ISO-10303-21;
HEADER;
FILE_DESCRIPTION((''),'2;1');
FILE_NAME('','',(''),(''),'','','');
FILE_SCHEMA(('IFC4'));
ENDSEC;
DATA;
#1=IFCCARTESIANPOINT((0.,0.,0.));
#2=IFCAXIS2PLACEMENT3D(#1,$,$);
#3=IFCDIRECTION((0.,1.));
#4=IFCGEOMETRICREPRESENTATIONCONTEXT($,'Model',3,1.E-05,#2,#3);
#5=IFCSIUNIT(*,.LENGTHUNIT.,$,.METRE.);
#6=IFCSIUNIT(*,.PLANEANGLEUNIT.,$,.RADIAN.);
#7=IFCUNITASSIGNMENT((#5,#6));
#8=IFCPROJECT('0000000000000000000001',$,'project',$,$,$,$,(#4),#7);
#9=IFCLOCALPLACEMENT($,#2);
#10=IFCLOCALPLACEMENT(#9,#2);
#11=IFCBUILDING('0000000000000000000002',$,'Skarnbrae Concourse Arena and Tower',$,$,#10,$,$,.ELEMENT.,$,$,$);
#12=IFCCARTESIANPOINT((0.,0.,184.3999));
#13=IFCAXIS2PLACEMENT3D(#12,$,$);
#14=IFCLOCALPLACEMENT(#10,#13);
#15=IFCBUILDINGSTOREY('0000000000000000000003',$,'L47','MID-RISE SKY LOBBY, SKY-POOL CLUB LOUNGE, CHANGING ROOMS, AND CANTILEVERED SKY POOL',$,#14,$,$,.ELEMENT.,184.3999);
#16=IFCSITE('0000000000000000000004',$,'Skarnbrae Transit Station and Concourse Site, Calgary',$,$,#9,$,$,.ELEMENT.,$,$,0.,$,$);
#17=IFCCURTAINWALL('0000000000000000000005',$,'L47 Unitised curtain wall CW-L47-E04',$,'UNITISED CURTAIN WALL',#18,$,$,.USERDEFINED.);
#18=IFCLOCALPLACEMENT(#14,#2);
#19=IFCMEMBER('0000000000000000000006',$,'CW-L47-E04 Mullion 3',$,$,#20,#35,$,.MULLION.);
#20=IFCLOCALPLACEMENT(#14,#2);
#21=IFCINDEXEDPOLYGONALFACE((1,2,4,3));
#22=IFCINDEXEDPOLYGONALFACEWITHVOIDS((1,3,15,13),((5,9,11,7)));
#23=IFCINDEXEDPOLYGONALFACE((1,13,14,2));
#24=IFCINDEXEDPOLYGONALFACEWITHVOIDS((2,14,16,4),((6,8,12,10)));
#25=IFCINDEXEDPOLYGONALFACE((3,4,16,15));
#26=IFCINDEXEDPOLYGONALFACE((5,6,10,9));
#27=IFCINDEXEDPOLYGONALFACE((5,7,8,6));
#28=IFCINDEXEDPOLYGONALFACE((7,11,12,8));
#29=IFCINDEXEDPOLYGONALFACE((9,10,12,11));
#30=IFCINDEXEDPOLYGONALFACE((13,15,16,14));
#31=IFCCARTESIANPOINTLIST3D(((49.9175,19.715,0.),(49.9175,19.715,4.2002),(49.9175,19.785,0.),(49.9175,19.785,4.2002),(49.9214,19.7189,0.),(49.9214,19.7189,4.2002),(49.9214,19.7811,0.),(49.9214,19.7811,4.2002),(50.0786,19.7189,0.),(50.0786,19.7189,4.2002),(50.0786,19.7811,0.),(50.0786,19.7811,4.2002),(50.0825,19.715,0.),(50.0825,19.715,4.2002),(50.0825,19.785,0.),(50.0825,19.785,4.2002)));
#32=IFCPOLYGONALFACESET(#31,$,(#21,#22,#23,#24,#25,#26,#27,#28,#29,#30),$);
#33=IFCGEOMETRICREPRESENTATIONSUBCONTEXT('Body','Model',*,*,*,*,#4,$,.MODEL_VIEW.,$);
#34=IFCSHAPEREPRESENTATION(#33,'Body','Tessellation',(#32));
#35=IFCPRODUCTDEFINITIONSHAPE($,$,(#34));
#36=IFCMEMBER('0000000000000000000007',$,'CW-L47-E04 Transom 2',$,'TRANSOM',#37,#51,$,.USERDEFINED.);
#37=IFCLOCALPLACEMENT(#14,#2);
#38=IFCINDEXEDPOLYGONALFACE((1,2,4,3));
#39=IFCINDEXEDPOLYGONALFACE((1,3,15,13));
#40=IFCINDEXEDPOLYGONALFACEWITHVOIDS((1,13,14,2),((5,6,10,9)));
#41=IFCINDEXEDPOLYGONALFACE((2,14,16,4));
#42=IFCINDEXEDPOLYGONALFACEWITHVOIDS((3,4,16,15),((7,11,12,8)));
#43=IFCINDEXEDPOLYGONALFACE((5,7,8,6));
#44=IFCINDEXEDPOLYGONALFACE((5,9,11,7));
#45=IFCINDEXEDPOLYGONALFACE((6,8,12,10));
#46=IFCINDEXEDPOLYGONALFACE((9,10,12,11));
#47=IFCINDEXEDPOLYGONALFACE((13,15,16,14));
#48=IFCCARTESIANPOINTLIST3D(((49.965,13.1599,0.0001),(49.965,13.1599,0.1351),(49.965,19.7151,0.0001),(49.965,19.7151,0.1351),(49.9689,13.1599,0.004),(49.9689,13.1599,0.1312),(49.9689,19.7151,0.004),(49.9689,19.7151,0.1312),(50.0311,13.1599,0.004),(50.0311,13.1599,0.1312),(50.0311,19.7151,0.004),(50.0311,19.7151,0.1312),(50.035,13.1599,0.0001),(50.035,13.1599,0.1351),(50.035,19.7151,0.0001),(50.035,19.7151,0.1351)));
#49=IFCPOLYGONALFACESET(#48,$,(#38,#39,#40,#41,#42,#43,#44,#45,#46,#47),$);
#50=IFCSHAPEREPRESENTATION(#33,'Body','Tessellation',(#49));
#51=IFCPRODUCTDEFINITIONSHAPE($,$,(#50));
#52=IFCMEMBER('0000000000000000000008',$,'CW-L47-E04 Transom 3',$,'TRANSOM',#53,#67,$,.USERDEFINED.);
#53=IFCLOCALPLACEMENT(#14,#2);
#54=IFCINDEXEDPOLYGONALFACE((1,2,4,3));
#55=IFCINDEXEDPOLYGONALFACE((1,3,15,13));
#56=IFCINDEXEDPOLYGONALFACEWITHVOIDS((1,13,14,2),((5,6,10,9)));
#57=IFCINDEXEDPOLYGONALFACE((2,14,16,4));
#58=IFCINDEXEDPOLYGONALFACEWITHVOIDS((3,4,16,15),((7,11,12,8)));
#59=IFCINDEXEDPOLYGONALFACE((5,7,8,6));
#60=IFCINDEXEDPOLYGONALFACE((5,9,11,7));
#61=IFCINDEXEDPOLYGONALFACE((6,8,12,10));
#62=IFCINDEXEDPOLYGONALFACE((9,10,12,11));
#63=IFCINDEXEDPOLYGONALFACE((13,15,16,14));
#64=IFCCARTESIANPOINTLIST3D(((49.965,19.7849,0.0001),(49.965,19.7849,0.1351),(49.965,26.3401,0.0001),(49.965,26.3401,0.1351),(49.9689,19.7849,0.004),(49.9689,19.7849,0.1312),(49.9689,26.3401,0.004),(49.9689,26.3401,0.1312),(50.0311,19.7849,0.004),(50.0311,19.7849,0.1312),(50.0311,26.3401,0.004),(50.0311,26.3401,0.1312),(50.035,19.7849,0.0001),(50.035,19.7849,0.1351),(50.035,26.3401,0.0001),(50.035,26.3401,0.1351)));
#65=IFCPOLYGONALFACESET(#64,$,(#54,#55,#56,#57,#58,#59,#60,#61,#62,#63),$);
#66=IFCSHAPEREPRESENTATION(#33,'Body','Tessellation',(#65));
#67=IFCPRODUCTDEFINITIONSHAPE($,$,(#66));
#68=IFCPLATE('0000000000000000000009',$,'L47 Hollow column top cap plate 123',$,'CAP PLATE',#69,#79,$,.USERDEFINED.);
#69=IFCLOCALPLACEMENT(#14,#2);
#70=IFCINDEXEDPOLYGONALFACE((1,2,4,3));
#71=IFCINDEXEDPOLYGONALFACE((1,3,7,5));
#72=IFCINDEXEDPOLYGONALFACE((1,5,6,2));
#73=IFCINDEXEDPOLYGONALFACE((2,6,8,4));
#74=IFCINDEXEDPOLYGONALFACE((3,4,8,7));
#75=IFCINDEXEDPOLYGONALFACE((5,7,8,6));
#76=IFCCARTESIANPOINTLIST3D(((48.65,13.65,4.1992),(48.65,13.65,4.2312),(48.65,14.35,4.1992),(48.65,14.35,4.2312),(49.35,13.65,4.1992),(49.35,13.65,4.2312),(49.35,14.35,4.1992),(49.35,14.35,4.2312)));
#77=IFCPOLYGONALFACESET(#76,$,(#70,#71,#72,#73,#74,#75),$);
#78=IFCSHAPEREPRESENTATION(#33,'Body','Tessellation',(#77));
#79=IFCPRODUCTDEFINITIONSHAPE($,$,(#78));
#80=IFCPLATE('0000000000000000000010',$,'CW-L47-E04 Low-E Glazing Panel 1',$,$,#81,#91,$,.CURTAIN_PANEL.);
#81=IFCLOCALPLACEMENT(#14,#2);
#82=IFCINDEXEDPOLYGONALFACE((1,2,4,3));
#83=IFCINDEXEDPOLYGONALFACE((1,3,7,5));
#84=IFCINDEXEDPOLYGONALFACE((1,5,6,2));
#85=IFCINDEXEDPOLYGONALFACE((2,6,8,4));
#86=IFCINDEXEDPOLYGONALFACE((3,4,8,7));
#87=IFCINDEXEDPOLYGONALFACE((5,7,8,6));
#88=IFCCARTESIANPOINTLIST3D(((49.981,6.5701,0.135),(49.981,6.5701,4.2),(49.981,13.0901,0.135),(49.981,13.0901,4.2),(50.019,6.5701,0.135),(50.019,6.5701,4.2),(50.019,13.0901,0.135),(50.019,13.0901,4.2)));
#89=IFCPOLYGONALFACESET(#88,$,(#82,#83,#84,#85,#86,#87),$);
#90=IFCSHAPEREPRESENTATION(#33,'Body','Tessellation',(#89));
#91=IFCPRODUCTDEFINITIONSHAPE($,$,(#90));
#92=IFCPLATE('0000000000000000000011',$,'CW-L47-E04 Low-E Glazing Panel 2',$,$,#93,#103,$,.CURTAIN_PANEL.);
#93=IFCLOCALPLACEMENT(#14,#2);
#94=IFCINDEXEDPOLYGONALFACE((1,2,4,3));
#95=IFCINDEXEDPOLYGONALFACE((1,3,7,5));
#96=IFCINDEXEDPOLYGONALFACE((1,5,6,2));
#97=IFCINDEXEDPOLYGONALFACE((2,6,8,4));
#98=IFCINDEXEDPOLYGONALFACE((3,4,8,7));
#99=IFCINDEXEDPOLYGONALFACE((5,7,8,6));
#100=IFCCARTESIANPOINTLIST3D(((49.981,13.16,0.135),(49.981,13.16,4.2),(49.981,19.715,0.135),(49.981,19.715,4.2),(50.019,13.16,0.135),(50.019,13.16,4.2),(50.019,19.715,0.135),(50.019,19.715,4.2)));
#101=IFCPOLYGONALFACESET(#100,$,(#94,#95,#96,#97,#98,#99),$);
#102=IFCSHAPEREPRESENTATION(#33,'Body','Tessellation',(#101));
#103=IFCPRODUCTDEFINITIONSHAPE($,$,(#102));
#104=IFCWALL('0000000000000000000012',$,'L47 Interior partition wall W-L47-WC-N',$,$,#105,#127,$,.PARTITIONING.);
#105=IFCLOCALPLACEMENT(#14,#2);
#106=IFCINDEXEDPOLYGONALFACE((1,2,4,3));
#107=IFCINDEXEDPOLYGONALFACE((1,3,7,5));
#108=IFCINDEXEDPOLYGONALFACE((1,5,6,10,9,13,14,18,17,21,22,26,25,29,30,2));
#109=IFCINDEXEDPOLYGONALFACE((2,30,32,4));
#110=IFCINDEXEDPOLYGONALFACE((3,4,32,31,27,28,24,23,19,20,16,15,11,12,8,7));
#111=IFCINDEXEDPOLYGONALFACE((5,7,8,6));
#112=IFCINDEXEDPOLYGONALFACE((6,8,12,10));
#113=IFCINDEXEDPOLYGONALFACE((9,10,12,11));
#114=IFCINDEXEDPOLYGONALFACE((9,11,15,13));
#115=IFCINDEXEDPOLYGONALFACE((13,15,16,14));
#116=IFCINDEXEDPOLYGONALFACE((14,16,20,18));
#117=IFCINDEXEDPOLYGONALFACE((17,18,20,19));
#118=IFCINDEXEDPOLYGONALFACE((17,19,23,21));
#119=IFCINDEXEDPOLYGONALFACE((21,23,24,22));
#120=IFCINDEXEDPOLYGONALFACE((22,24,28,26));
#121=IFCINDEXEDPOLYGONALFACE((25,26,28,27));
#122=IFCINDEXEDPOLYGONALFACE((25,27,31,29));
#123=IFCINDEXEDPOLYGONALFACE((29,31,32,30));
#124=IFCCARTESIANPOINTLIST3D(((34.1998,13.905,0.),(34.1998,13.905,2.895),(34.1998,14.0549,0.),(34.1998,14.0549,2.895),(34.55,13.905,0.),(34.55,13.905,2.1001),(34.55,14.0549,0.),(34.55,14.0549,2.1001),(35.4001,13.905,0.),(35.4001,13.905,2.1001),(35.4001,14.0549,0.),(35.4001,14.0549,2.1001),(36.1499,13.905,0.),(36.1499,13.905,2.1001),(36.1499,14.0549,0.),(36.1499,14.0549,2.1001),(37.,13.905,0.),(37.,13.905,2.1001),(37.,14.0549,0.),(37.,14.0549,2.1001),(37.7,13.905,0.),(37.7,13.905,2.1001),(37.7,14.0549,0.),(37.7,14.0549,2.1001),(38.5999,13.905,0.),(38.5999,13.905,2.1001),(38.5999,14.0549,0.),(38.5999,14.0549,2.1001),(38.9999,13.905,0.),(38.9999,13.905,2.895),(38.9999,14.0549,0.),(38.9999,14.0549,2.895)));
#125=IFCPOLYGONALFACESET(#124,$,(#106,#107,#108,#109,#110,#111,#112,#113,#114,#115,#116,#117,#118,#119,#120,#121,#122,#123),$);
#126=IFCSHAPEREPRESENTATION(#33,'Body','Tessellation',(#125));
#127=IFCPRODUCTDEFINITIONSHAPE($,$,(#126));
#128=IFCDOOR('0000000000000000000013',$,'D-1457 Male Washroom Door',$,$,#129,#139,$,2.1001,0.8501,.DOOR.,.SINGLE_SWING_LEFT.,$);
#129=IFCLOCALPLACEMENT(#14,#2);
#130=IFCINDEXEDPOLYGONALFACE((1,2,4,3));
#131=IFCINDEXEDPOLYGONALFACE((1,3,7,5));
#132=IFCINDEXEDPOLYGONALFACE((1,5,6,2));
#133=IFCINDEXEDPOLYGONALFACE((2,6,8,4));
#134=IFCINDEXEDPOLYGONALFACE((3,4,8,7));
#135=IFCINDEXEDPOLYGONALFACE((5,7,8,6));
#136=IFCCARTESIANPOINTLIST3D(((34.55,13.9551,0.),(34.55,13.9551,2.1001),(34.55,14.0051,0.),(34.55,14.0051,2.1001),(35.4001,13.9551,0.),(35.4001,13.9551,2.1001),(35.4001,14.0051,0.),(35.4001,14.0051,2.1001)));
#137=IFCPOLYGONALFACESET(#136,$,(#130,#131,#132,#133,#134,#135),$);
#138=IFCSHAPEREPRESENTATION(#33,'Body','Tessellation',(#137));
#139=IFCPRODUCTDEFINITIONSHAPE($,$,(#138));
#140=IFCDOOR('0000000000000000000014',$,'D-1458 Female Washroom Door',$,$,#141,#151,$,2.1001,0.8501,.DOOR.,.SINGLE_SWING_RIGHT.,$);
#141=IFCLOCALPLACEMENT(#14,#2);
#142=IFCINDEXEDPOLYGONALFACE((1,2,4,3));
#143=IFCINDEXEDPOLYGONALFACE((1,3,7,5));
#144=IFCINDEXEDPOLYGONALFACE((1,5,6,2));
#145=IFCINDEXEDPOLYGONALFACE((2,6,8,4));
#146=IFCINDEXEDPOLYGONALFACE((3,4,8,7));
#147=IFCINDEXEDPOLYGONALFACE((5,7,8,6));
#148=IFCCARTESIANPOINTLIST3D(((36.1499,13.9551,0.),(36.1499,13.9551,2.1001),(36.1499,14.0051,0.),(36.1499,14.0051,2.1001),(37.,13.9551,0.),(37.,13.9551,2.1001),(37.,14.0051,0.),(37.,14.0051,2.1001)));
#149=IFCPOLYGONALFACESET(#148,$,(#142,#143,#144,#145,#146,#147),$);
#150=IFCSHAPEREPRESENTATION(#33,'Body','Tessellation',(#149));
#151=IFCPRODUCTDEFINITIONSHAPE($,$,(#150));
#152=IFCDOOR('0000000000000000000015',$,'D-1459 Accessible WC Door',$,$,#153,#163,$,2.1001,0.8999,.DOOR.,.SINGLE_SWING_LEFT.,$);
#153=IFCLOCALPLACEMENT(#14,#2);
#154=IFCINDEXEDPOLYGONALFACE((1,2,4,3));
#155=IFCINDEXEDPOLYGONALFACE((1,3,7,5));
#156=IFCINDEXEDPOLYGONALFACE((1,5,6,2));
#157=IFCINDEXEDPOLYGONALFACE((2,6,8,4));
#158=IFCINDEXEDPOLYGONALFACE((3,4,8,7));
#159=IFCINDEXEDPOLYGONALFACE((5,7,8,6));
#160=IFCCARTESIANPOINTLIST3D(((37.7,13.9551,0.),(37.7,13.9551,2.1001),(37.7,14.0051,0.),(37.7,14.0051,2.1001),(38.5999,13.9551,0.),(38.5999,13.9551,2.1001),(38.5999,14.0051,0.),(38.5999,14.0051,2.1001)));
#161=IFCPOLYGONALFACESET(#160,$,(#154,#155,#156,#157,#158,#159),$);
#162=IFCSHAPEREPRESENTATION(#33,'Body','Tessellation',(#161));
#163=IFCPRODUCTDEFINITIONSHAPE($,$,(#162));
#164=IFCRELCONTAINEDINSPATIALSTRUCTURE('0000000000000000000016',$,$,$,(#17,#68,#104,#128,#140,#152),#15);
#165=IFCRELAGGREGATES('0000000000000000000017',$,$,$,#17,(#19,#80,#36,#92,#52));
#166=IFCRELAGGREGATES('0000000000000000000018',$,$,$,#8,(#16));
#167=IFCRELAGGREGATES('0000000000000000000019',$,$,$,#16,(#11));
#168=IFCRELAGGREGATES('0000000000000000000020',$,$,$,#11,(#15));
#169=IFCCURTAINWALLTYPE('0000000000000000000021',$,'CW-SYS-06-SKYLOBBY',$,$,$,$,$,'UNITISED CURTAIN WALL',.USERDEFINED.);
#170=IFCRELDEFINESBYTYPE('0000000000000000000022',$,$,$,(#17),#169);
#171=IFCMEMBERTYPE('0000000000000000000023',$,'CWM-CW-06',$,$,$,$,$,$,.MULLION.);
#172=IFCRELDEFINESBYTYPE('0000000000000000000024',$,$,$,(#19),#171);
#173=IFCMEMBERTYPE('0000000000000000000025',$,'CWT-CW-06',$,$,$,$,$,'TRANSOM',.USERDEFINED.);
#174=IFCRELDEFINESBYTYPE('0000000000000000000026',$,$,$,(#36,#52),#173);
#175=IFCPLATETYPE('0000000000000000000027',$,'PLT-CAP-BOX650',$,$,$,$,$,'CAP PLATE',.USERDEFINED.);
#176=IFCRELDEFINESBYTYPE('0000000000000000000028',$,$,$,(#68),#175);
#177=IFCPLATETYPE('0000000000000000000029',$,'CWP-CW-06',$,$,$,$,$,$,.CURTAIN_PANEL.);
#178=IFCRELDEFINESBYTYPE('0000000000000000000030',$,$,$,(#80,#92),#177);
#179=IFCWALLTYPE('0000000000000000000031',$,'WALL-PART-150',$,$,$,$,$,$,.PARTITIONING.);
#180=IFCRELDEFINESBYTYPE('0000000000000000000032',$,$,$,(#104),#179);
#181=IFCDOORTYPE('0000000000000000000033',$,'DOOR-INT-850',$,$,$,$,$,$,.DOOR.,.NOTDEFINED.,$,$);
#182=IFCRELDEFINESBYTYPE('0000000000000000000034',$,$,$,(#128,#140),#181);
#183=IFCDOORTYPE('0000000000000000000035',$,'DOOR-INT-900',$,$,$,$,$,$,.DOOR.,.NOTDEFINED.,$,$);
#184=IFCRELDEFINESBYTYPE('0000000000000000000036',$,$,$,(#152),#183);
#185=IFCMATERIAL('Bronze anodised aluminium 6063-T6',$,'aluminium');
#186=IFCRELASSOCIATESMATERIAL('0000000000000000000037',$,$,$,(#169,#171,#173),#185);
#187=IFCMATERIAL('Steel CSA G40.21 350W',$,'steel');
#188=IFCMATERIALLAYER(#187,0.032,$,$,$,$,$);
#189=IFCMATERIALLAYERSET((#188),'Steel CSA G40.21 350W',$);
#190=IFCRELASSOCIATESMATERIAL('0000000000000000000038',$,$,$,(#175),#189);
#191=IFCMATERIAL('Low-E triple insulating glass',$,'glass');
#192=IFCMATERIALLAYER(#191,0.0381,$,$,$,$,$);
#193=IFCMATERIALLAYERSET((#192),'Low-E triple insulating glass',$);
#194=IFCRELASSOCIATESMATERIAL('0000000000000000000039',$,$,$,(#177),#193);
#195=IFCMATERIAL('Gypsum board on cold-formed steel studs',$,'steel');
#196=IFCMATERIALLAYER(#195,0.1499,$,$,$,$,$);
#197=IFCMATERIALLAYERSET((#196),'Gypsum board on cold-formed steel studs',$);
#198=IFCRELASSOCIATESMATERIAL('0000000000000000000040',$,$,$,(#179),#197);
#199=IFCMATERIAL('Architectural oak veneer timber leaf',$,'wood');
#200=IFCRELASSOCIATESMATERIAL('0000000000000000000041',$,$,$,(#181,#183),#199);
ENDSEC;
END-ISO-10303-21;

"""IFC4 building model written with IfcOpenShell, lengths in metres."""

from ifc_helpers import new_model, si_unit, direction, frame, frame_2d, origin, origin_2d, place, context, subcontext, project, spatial, rectangle, hollow_rectangle, extrude, source, transform, mapped, material, layer, layer_set, material_profile, profile_set, type_object, element, fill, aggregate, save


model = new_model("IFC4")

# Units and contexts
model_context = context("Model", 3, precision=1e-05, world=origin(), true_north=direction((0.0, 1.0)))
body_context = subcontext(model_context, "Body", "Model", "MODEL_VIEW")
ifc_project = project(units=[si_unit("LENGTHUNIT", "METRE"), si_unit("PLANEANGLEUNIT", "RADIAN")], contexts=[model_context])

# Site, building, storey
site_placement = place(None, origin())
site = spatial("IfcSite", under=ifc_project, at=site_placement, Name="Skarnbrae Transit Station and Concourse Site, Calgary", CompositionType="ELEMENT", RefElevation=0.0)
building_placement = place(site_placement, origin())
building = spatial("IfcBuilding", under=site, at=building_placement, Name="Skarnbrae Concourse Arena and Tower", CompositionType="ELEMENT")
storey_placement = place(building_placement, frame((0.0, 0.0, 184.3999)))
storey = spatial("IfcBuildingStorey", under=building, at=storey_placement, Name="L47", Description="MID-RISE SKY LOBBY, SKY-POOL CLUB LOUNGE, CHANGING ROOMS, AND CANTILEVERED SKY POOL", CompositionType="ELEMENT", Elevation=184.3999)

# Shared definitions
ifc_material_1 = material(Name="Steel CSA G40.21 350W", Category="steel")

# Curtain wall, members
ifc_material_2 = material(Name="Bronze anodised aluminium 6063-T6", Category="aluminium")
curtain_wall_type = type_object("IfcCurtainWallType", Name="CW-SYS-06-SKYLOBBY", ElementType="UNITISED CURTAIN WALL", PredefinedType="USERDEFINED", material=ifc_material_2)
curtain_wall_placement = place(storey_placement, origin())
curtain_wall = element("IfcCurtainWall", 1, at=curtain_wall_placement, inside=storey, type_object=curtain_wall_type, Name="L47 Unitised curtain wall CW-L47-E04", ObjectType="UNITISED CURTAIN WALL", PredefinedType="USERDEFINED")
ifc_material_profile_1 = material_profile(ifc_material_2, hollow_rectangle(XDim=0.0701, YDim=0.165, WallThickness=0.0039, at=origin_2d()), Name="ALU-MULL-70X165")
ifc_profile_set_1 = profile_set([ifc_material_profile_1], Name="Bronze anodised aluminium 6063-T6")
member_type_1 = type_object("IfcMemberType", Name="CWM-CW-06", PredefinedType="MULLION", material=ifc_profile_set_1)
shared_shape_1 = source(origin(), body_context, "Body", "SweptSolid", [
    extrude(hollow_rectangle(XDim=0.0701, YDim=0.165, WallThickness=0.0039, at=origin_2d()), origin(), (0.0, 0.0, 1.0), 4.2002),
])
member_1_placement = place(storey_placement, frame((50.0, 19.75, 0.0), z_axis=(0.0, 0.0, 1.0), x_axis=(0.0, 1.0, 0.0)))
member_1 = element("IfcMember", 2, at=member_1_placement, type_object=member_type_1, Name="CW-L47-E04 Mullion 3", PredefinedType="MULLION", context=body_context, shape_type="MappedRepresentation", body=[
    mapped(shared_shape_1, transform((0.0, 0.0, 0.0))),
])
ifc_material_profile_2 = material_profile(ifc_material_2, hollow_rectangle(XDim=0.0701, YDim=0.135, WallThickness=0.0039, at=origin_2d()), Name="ALU-TRAN-70X135")
ifc_profile_set_2 = profile_set([ifc_material_profile_2], Name="Bronze anodised aluminium 6063-T6")
member_type_2 = type_object("IfcMemberType", Name="CWT-CW-06", ElementType="TRANSOM", PredefinedType="USERDEFINED", material=ifc_profile_set_2)
shared_shape_2 = source(origin(), body_context, "Body", "SweptSolid", [
    extrude(hollow_rectangle(XDim=0.0701, YDim=0.135, WallThickness=0.0039, at=origin_2d()), origin(), (0.0, 0.0, 1.0), 6.5552),
])
member_2_placement = place(storey_placement, frame((50.0, 13.1599, 0.0676), z_axis=(0.0, 1.0, 0.0), x_axis=(-1.0, 0.0, 0.0)))
member_2 = element("IfcMember", 3, at=member_2_placement, type_object=member_type_2, Name="CW-L47-E04 Transom 2", ObjectType="TRANSOM", PredefinedType="USERDEFINED", context=body_context, shape_type="MappedRepresentation", body=[
    mapped(shared_shape_2, transform((0.0, 0.0, 0.0))),
])
member_3_placement = place(storey_placement, frame((50.0, 19.7849, 0.0676), z_axis=(0.0, 1.0, 0.0), x_axis=(-1.0, 0.0, 0.0)))
member_3 = element("IfcMember", 4, at=member_3_placement, type_object=member_type_2, Name="CW-L47-E04 Transom 3", ObjectType="TRANSOM", PredefinedType="USERDEFINED", context=body_context, shape_type="MappedRepresentation", body=[
    mapped(shared_shape_2, transform((0.0, 0.0, 0.0))),
])

# Plates
ifc_layer_1 = layer(ifc_material_1, 0.032)
ifc_layer_set_1 = layer_set([ifc_layer_1], Name="Steel CSA G40.21 350W")
plate_type_1 = type_object("IfcPlateType", Name="PLT-CAP-BOX650", ElementType="CAP PLATE", PredefinedType="USERDEFINED", material=ifc_layer_set_1)
shared_shape_3 = source(origin(), body_context, "Body", "SweptSolid", [
    extrude(rectangle(XDim=0.7, YDim=0.7, at=origin_2d()), origin(), (0.0, 0.0, 1.0), 0.032),
])
plate_1_placement = place(storey_placement, frame((49.0, 14.0, 4.1992), z_axis=(0.0, 0.0, 1.0), x_axis=(1.0, 0.0, 0.0)))
element("IfcPlate", 5, at=plate_1_placement, inside=storey, type_object=plate_type_1, Name="L47 Hollow column top cap plate 123", ObjectType="CAP PLATE", PredefinedType="USERDEFINED", context=body_context, shape_type="MappedRepresentation", body=[
    mapped(shared_shape_3, transform((0.0, 0.0, 0.0))),
])
ifc_material_3 = material(Name="Low-E triple insulating glass", Category="glass")
ifc_layer_2 = layer(ifc_material_3, 0.0381)
ifc_layer_set_2 = layer_set([ifc_layer_2], Name="Low-E triple insulating glass")
plate_type_2 = type_object("IfcPlateType", Name="CWP-CW-06", PredefinedType="CURTAIN_PANEL", material=ifc_layer_set_2)
shared_shape_4 = source(origin(), body_context, "Body", "SweptSolid", [
    extrude(rectangle(XDim=6.52, YDim=0.0381, at=origin_2d()), origin(), (0.0, 0.0, 1.0), 4.0649),
])
plate_2_placement = place(storey_placement, frame((50.0, 9.8301, 0.135), z_axis=(0.0, 0.0, 1.0), x_axis=(0.0, 1.0, 0.0)))
plate_2 = element("IfcPlate", 6, at=plate_2_placement, type_object=plate_type_2, Name="CW-L47-E04 Low-E Glazing Panel 1", PredefinedType="CURTAIN_PANEL", context=body_context, shape_type="MappedRepresentation", body=[
    mapped(shared_shape_4, transform((0.0, 0.0, 0.0))),
])
shared_shape_5 = source(origin(), body_context, "Body", "SweptSolid", [
    extrude(rectangle(XDim=6.5549, YDim=0.0381, at=origin_2d()), origin(), (0.0, 0.0, 1.0), 4.0649),
])
plate_3_placement = place(storey_placement, frame((50.0, 16.4375, 0.135), z_axis=(0.0, 0.0, 1.0), x_axis=(0.0, 1.0, 0.0)))
plate_3 = element("IfcPlate", 7, at=plate_3_placement, type_object=plate_type_2, Name="CW-L47-E04 Low-E Glazing Panel 2", PredefinedType="CURTAIN_PANEL", context=body_context, shape_type="MappedRepresentation", body=[
    mapped(shared_shape_5, transform((0.0, 0.0, 0.0))),
])
aggregate(curtain_wall, [member_1, plate_2, member_2, plate_3, member_3])

# Wall, openings, doors
ifc_material_4 = material(Name="Gypsum board on cold-formed steel studs", Category="steel")
ifc_layer_3 = layer(ifc_material_4, 0.1499)
ifc_layer_set_3 = layer_set([ifc_layer_3], Name="Gypsum board on cold-formed steel studs")
wall_type_1 = type_object("IfcWallType", Name="WALL-PART-150", PredefinedType="PARTITIONING", material=ifc_layer_set_3)
shared_shape_6 = source(origin(), body_context, "Body", "SweptSolid", [
    extrude(rectangle(XDim=4.8, YDim=0.1499, at=frame_2d((2.3999, 0.0))), origin(), (0.0, 0.0, 1.0), 2.895),
])
wall_1_placement = place(storey_placement, frame((34.2, 13.98, 0.0), z_axis=(0.0, 0.0, 1.0), x_axis=(1.0, 0.0, 0.0)))
wall_1 = element("IfcWall", 8, at=wall_1_placement, inside=storey, type_object=wall_type_1, Name="L47 Interior partition wall W-L47-WC-N", PredefinedType="PARTITIONING", context=body_context, shape_type="MappedRepresentation", body=[
    mapped(shared_shape_6, transform((0.0, 0.0, 0.0))),
])
opening_1_placement = place(wall_1_placement, frame((0.3501, 0.0, 0.0)))
opening_1 = element("IfcOpeningElement", 9, at=opening_1_placement, cuts=wall_1, PredefinedType="OPENING", context=body_context, shape_type="SweptSolid", body=[
    extrude(rectangle(XDim=0.8501, YDim=2.1001, at=frame_2d((0.425, 1.05))), frame((0.0, 0.085, 0.0), z_axis=(0.0, -1.0, 0.0), x_axis=(1.0, 0.0, 0.0)), (0.0, 0.0, 1.0), 0.1699),
])
opening_2_placement = place(wall_1_placement, frame((1.95, 0.0, 0.0)))
opening_2 = element("IfcOpeningElement", 10, at=opening_2_placement, cuts=wall_1, PredefinedType="OPENING", context=body_context, shape_type="SweptSolid", body=[
    extrude(rectangle(XDim=0.8501, YDim=2.1001, at=frame_2d((0.425, 1.05))), frame((0.0, 0.085, 0.0), z_axis=(0.0, -1.0, 0.0), x_axis=(1.0, 0.0, 0.0)), (0.0, 0.0, 1.0), 0.1699),
])
opening_3_placement = place(wall_1_placement, frame((3.5, 0.0, 0.0)))
opening_3 = element("IfcOpeningElement", 11, at=opening_3_placement, cuts=wall_1, PredefinedType="OPENING", context=body_context, shape_type="SweptSolid", body=[
    extrude(rectangle(XDim=0.8999, YDim=2.1001, at=frame_2d((0.45, 1.05))), frame((0.0, 0.085, 0.0), z_axis=(0.0, -1.0, 0.0), x_axis=(1.0, 0.0, 0.0)), (0.0, 0.0, 1.0), 0.1699),
])
ifc_material_5 = material(Name="Architectural oak veneer timber leaf", Category="wood")
door_type_1 = type_object("IfcDoorType", Name="DOOR-INT-850", OperationType="NOTDEFINED", PredefinedType="DOOR", material=ifc_material_5)
shared_shape_7 = source(origin(), body_context, "Body", "SweptSolid", [
    extrude(rectangle(XDim=0.8501, YDim=2.1001, at=frame_2d((0.425, 1.05))), frame((0.0, 0.0249, 0.0), z_axis=(0.0, -1.0, 0.0), x_axis=(1.0, 0.0, 0.0)), (0.0, 0.0, 1.0), 0.05),
])
door_1_placement = place(opening_1_placement, frame((0.8501, 0.0, 0.0), z_axis=(0.0, 0.0, 1.0), x_axis=(-1.0, 0.0, 0.0)))
door_1 = element("IfcDoor", 12, at=door_1_placement, inside=storey, type_object=door_type_1, Name="D-1457 Male Washroom Door", OperationType="SINGLE_SWING_LEFT", OverallHeight=2.1001, OverallWidth=0.8501, PredefinedType="DOOR", context=body_context, shape_type="MappedRepresentation", body=[
    mapped(shared_shape_7, transform((0.0, 0.0, 0.0))),
])
fill(opening_1, door_1)
door_2_placement = place(opening_2_placement, frame((0.8501, 0.0, 0.0), z_axis=(0.0, 0.0, 1.0), x_axis=(-1.0, 0.0, 0.0)))
door_2 = element("IfcDoor", 13, at=door_2_placement, inside=storey, type_object=door_type_1, Name="D-1458 Female Washroom Door", OperationType="SINGLE_SWING_RIGHT", OverallHeight=2.1001, OverallWidth=0.8501, PredefinedType="DOOR", context=body_context, shape_type="MappedRepresentation", body=[
    mapped(shared_shape_7, transform((0.0, 0.0, 0.0))),
])
fill(opening_2, door_2)
door_type_2 = type_object("IfcDoorType", Name="DOOR-INT-900", OperationType="NOTDEFINED", PredefinedType="DOOR", material=ifc_material_5)
shared_shape_8 = source(origin(), body_context, "Body", "SweptSolid", [
    extrude(rectangle(XDim=0.8999, YDim=2.1001, at=frame_2d((0.45, 1.05))), frame((0.0, 0.0249, 0.0), z_axis=(0.0, -1.0, 0.0), x_axis=(1.0, 0.0, 0.0)), (0.0, 0.0, 1.0), 0.05),
])
door_3_placement = place(opening_3_placement, frame((0.8999, 0.0, 0.0), z_axis=(0.0, 0.0, 1.0), x_axis=(-1.0, 0.0, 0.0)))
door_3 = element("IfcDoor", 14, at=door_3_placement, inside=storey, type_object=door_type_2, Name="D-1459 Accessible WC Door", OperationType="SINGLE_SWING_LEFT", OverallHeight=2.1001, OverallWidth=0.8999, PredefinedType="DOOR", context=body_context, shape_type="MappedRepresentation", body=[
    mapped(shared_shape_8, transform((0.0, 0.0, 0.0))),
])
fill(opening_3, door_3)

save(model, "model.ifc")
